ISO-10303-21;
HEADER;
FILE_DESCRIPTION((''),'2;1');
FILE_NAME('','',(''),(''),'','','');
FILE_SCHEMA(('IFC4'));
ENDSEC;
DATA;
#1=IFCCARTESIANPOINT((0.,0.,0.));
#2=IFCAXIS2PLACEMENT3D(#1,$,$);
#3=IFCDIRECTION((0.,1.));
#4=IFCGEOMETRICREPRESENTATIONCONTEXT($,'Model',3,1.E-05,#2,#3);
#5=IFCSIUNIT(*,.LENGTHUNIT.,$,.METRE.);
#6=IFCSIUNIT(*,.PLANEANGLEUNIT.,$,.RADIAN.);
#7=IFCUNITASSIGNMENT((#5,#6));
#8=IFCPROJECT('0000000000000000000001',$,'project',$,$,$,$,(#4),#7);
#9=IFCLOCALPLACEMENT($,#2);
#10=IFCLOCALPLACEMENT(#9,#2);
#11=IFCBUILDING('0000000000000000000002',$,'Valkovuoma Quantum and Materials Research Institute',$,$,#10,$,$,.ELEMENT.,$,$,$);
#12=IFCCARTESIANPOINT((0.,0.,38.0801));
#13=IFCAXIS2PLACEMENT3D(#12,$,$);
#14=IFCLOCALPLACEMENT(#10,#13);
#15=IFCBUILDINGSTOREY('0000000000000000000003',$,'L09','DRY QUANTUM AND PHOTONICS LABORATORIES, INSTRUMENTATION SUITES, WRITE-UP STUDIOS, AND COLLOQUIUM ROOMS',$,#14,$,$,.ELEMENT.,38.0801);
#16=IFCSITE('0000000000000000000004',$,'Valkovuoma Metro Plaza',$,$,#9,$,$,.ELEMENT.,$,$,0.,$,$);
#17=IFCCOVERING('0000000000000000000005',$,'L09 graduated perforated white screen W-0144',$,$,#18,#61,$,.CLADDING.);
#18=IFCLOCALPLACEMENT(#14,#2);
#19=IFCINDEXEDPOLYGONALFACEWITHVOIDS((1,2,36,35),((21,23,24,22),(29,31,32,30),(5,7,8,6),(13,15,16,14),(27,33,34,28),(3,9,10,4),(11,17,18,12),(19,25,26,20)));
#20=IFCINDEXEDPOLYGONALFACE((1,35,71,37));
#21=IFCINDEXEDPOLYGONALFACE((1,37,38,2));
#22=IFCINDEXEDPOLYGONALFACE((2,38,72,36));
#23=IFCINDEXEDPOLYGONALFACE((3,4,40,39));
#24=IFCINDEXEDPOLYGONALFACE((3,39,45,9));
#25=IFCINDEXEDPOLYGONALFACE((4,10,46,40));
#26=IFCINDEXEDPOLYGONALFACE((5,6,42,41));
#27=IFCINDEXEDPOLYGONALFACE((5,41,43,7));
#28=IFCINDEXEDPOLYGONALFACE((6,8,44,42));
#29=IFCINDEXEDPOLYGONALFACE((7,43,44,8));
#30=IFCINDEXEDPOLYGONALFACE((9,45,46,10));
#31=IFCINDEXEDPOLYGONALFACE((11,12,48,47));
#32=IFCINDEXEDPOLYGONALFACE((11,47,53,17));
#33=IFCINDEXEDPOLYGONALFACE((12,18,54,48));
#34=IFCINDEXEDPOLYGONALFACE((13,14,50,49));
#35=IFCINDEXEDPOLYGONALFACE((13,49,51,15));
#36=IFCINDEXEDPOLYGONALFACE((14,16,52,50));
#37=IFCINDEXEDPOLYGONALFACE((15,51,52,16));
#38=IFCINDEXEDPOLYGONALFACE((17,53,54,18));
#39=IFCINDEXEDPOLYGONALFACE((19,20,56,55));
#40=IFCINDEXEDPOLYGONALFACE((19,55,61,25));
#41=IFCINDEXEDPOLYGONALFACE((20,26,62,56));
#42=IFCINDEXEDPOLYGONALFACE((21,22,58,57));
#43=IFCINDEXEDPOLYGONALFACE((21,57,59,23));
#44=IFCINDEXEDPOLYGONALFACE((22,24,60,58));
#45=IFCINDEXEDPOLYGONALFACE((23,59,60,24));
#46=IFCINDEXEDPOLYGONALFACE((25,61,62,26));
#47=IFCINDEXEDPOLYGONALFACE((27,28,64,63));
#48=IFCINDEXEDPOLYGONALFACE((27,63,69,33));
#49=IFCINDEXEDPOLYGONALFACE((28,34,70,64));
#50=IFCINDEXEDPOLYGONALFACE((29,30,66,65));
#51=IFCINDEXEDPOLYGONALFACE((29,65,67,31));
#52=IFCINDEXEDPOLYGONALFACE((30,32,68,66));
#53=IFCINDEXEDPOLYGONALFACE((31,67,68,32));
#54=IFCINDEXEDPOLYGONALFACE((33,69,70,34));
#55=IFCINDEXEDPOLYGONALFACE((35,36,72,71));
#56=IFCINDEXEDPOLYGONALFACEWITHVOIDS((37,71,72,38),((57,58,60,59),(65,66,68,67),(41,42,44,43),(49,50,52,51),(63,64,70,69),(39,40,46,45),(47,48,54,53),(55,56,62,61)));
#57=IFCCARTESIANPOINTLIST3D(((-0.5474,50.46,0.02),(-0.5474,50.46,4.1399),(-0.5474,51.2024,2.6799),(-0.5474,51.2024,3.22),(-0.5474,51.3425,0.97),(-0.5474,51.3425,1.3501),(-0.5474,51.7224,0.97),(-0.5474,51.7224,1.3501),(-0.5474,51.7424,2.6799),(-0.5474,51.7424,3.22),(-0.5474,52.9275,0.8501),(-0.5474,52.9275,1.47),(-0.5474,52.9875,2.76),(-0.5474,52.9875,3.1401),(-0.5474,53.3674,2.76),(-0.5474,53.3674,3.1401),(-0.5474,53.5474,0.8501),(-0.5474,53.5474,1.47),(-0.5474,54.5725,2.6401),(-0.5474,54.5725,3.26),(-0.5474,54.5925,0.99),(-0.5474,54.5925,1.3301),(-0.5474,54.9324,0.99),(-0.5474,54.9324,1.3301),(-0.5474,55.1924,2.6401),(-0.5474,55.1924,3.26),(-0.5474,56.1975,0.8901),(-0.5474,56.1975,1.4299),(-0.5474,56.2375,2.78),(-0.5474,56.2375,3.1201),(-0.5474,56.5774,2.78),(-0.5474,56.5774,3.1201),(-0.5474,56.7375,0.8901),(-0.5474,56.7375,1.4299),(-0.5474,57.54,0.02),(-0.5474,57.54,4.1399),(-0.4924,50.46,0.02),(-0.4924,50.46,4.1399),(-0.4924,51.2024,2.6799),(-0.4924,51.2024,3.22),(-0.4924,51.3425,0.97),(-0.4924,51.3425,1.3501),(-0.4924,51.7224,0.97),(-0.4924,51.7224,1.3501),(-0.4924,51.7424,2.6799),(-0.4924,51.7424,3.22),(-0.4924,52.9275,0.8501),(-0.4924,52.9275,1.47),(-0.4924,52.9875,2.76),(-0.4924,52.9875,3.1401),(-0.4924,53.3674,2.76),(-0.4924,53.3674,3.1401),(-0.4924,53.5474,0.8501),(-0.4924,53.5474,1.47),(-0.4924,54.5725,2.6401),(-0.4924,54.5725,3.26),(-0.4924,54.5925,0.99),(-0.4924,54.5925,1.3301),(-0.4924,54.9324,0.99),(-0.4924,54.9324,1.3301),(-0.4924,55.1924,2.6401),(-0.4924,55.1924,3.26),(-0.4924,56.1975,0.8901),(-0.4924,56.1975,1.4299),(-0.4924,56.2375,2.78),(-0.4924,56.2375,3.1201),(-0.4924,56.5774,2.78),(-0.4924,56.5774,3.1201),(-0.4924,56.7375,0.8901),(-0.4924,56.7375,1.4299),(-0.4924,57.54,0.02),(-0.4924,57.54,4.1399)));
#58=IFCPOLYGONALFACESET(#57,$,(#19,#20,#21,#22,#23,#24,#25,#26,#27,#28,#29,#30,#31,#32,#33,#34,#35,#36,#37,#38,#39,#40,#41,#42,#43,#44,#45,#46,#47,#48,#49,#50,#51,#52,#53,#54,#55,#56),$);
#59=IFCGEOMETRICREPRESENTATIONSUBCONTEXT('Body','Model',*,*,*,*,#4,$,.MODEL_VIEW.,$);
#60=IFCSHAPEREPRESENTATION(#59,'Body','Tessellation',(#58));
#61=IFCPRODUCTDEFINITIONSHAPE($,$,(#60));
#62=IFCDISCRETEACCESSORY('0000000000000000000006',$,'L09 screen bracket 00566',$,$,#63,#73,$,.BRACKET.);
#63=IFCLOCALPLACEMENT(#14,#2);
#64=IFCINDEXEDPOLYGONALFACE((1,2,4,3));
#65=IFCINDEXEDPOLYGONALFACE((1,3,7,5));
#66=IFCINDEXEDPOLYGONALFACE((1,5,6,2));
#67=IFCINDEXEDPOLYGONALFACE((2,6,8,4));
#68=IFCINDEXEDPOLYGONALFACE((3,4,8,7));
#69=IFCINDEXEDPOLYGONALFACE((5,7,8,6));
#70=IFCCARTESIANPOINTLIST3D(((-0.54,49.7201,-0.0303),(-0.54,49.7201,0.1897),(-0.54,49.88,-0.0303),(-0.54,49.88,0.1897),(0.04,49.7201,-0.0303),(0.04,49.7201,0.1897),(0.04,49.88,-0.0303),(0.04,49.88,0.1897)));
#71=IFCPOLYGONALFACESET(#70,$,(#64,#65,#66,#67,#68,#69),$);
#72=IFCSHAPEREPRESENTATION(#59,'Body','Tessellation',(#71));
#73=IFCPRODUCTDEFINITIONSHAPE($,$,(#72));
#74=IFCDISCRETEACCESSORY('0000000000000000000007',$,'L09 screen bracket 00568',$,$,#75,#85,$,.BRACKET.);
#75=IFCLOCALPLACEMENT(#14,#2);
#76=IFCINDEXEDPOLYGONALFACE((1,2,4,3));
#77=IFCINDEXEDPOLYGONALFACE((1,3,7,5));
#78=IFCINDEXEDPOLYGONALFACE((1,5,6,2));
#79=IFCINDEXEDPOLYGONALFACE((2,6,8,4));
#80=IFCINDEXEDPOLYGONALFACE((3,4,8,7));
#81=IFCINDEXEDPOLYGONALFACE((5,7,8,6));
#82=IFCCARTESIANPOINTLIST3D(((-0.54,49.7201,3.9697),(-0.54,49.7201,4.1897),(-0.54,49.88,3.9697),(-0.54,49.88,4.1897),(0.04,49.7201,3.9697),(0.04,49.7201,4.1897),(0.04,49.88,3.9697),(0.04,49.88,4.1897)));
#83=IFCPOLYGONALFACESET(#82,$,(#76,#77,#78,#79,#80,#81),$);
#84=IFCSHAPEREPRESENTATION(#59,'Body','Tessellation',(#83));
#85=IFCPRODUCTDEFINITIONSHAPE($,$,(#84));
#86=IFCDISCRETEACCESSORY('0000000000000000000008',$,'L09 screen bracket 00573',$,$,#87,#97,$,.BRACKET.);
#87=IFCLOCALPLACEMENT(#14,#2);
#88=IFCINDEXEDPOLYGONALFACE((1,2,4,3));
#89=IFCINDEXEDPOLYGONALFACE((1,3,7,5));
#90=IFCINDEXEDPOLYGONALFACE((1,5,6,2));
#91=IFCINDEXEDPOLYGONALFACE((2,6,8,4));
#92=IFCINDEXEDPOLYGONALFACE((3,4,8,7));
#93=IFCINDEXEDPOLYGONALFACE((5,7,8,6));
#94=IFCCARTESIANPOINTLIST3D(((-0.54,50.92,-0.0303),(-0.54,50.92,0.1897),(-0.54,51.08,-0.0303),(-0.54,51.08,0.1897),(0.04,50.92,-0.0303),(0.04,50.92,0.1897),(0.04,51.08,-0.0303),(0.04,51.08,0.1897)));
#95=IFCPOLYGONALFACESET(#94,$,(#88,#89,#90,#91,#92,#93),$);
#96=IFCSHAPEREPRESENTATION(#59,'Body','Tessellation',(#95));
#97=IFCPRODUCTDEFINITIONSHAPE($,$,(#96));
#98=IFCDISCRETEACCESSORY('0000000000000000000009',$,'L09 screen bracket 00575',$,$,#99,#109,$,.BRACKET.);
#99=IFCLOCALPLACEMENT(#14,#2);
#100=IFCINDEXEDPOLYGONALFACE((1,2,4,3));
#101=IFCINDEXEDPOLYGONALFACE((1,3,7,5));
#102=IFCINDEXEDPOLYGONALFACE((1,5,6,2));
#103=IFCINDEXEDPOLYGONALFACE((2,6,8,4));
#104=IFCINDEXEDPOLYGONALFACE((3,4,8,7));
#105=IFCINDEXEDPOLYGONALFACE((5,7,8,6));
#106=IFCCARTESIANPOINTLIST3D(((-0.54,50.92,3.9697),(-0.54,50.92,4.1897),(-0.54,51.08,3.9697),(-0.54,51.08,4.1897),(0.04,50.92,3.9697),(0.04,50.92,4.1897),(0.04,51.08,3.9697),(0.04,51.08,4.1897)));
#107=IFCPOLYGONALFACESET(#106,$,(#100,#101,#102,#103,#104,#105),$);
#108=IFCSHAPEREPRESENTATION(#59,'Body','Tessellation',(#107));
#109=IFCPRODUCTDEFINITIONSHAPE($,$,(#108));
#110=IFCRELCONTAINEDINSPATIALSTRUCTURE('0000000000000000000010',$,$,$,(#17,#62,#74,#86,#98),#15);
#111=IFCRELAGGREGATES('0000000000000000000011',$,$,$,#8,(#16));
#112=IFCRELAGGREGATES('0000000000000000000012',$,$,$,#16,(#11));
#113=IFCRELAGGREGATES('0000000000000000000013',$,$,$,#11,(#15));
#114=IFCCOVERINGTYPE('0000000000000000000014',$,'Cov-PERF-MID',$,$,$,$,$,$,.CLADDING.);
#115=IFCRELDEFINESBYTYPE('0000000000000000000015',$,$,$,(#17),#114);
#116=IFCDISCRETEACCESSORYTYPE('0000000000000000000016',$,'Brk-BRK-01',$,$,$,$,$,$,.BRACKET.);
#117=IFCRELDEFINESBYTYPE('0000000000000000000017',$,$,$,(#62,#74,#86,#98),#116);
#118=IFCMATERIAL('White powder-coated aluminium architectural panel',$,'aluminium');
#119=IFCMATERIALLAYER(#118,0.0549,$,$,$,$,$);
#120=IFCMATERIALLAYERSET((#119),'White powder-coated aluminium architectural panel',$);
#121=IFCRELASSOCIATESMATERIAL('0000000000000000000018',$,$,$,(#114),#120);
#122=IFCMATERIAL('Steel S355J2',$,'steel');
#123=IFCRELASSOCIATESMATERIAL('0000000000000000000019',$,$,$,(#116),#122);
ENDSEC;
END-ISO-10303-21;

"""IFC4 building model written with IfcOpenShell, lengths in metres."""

from ifc_helpers import new_model, si_unit, direction, frame, origin, origin_2d, place, context, subcontext, project, spatial, polyline, rectangle, outline, extrude, material, layer, layer_set, type_object, element, save


model = new_model("IFC4")

# Units and contexts
model_context = context("Model", 3, precision=1e-05, world=origin(), true_north=direction((0.0, 1.0)))
body_context = subcontext(model_context, "Body", "Model", "MODEL_VIEW")
ifc_project = project(units=[si_unit("LENGTHUNIT", "METRE"), si_unit("PLANEANGLEUNIT", "RADIAN")], contexts=[model_context])

# Site, building, storey
site_placement = place(None, origin())
site = spatial("IfcSite", under=ifc_project, at=site_placement, Name="Valkovuoma Metro Plaza", CompositionType="ELEMENT", RefElevation=0.0)
building_placement = place(site_placement, origin())
building = spatial("IfcBuilding", under=site, at=building_placement, Name="Valkovuoma Quantum and Materials Research Institute", CompositionType="ELEMENT")
storey_placement = place(building_placement, frame((0.0, 0.0, 38.0801)))
storey = spatial("IfcBuildingStorey", under=building, at=storey_placement, Name="L09", Description="DRY QUANTUM AND PHOTONICS LABORATORIES, INSTRUMENTATION SUITES, WRITE-UP STUDIOS, AND COLLOQUIUM ROOMS", CompositionType="ELEMENT", Elevation=38.0801)

# Covering
ifc_material_1 = material(Name="White powder-coated aluminium architectural panel", Category="aluminium")
ifc_layer_1 = layer(ifc_material_1, 0.0549)
ifc_layer_set_1 = layer_set([ifc_layer_1], Name="White powder-coated aluminium architectural panel")
covering_type = type_object("IfcCoveringType", Name="Cov-PERF-MID", PredefinedType="CLADDING", material=ifc_layer_set_1)
covering_placement = place(storey_placement, frame((-0.52, 50.46, 0.02), z_axis=(0.0, 0.0, 1.0), x_axis=(0.0, 1.0, 0.0)))
element("IfcCovering", 1, at=covering_placement, inside=storey, type_object=covering_type, Name="L09 graduated perforated white screen W-0144", PredefinedType="CLADDING", context=body_context, shape_type="SweptSolid", body=[
    extrude(outline(polyline([(0.0, 0.0), (7.0801, 0.0), (7.0801, 4.1199), (0.0, 4.1199), (0.0, 0.0)]), holes=[polyline([(0.8826, 0.95), (0.8826, 1.3301), (1.2625, 1.3301), (1.2625, 0.95), (0.8826, 0.95)]), polyline([(0.7424, 2.6599), (0.7424, 3.2), (1.2825, 3.2), (1.2825, 2.6599), (0.7424, 2.6599)]), polyline([(2.4675, 0.8301), (2.4675, 1.45), (3.0874, 1.45), (3.0874, 0.8301), (2.4675, 0.8301)]), polyline([(2.5276, 2.74), (2.5276, 3.1201), (2.9075, 3.1201), (2.9075, 2.74), (2.5276, 2.74)]), polyline([(4.1326, 0.97), (4.1326, 1.3101), (4.4724, 1.3101), (4.4724, 0.97), (4.1326, 0.97)]), polyline([(4.1125, 2.6201), (4.1125, 3.24), (4.7324, 3.24), (4.7324, 2.6201), (4.1125, 2.6201)]), polyline([(5.7375, 0.8701), (5.7375, 1.4099), (6.2776, 1.4099), (6.2776, 0.8701), (5.7375, 0.8701)]), polyline([(5.7776, 2.76), (5.7776, 3.1001), (6.1174, 3.1001), (6.1174, 2.76), (5.7776, 2.76)])]), frame((0.0, 0.0273, 0.0), z_axis=(0.0, -1.0, 0.0), x_axis=(1.0, 0.0, 0.0)), (0.0, 0.0, 1.0), 0.0549),
])

# Discrete accessories
ifc_material_2 = material(Name="Steel S355J2", Category="steel")
discrete_accessory_type = type_object("IfcDiscreteAccessoryType", Name="Brk-BRK-01", PredefinedType="BRACKET", material=ifc_material_2)
for number, where, z_axis, x_axis, name in (
    (2, (-0.25, 49.8, -0.0303), (0.0, 0.0, 1.0), (1.0, 0.0, 0.0), "L09 screen bracket 00566"),
    (3, (-0.25, 49.8, 3.9697), (0.0, 0.0, 1.0), (1.0, 0.0, 0.0), "L09 screen bracket 00568"),
    (4, (-0.25, 51.0, -0.0303), (0.0, 0.0, 1.0), (1.0, 0.0, 0.0), "L09 screen bracket 00573"),
    (5, (-0.25, 51.0, 3.9697), (0.0, 0.0, 1.0), (1.0, 0.0, 0.0), "L09 screen bracket 00575"),
):
    element("IfcDiscreteAccessory", number, at=place(storey_placement, frame(where, z_axis=z_axis, x_axis=x_axis)), inside=storey, type_object=discrete_accessory_type, Name=name, PredefinedType="BRACKET", context=body_context, shape_type="SweptSolid", body=[
        extrude(rectangle(XDim=0.5801, YDim=0.1599, at=origin_2d()), origin(), (0.0, 0.0, 1.0), 0.22),
    ])

save(model, "model.ifc")
